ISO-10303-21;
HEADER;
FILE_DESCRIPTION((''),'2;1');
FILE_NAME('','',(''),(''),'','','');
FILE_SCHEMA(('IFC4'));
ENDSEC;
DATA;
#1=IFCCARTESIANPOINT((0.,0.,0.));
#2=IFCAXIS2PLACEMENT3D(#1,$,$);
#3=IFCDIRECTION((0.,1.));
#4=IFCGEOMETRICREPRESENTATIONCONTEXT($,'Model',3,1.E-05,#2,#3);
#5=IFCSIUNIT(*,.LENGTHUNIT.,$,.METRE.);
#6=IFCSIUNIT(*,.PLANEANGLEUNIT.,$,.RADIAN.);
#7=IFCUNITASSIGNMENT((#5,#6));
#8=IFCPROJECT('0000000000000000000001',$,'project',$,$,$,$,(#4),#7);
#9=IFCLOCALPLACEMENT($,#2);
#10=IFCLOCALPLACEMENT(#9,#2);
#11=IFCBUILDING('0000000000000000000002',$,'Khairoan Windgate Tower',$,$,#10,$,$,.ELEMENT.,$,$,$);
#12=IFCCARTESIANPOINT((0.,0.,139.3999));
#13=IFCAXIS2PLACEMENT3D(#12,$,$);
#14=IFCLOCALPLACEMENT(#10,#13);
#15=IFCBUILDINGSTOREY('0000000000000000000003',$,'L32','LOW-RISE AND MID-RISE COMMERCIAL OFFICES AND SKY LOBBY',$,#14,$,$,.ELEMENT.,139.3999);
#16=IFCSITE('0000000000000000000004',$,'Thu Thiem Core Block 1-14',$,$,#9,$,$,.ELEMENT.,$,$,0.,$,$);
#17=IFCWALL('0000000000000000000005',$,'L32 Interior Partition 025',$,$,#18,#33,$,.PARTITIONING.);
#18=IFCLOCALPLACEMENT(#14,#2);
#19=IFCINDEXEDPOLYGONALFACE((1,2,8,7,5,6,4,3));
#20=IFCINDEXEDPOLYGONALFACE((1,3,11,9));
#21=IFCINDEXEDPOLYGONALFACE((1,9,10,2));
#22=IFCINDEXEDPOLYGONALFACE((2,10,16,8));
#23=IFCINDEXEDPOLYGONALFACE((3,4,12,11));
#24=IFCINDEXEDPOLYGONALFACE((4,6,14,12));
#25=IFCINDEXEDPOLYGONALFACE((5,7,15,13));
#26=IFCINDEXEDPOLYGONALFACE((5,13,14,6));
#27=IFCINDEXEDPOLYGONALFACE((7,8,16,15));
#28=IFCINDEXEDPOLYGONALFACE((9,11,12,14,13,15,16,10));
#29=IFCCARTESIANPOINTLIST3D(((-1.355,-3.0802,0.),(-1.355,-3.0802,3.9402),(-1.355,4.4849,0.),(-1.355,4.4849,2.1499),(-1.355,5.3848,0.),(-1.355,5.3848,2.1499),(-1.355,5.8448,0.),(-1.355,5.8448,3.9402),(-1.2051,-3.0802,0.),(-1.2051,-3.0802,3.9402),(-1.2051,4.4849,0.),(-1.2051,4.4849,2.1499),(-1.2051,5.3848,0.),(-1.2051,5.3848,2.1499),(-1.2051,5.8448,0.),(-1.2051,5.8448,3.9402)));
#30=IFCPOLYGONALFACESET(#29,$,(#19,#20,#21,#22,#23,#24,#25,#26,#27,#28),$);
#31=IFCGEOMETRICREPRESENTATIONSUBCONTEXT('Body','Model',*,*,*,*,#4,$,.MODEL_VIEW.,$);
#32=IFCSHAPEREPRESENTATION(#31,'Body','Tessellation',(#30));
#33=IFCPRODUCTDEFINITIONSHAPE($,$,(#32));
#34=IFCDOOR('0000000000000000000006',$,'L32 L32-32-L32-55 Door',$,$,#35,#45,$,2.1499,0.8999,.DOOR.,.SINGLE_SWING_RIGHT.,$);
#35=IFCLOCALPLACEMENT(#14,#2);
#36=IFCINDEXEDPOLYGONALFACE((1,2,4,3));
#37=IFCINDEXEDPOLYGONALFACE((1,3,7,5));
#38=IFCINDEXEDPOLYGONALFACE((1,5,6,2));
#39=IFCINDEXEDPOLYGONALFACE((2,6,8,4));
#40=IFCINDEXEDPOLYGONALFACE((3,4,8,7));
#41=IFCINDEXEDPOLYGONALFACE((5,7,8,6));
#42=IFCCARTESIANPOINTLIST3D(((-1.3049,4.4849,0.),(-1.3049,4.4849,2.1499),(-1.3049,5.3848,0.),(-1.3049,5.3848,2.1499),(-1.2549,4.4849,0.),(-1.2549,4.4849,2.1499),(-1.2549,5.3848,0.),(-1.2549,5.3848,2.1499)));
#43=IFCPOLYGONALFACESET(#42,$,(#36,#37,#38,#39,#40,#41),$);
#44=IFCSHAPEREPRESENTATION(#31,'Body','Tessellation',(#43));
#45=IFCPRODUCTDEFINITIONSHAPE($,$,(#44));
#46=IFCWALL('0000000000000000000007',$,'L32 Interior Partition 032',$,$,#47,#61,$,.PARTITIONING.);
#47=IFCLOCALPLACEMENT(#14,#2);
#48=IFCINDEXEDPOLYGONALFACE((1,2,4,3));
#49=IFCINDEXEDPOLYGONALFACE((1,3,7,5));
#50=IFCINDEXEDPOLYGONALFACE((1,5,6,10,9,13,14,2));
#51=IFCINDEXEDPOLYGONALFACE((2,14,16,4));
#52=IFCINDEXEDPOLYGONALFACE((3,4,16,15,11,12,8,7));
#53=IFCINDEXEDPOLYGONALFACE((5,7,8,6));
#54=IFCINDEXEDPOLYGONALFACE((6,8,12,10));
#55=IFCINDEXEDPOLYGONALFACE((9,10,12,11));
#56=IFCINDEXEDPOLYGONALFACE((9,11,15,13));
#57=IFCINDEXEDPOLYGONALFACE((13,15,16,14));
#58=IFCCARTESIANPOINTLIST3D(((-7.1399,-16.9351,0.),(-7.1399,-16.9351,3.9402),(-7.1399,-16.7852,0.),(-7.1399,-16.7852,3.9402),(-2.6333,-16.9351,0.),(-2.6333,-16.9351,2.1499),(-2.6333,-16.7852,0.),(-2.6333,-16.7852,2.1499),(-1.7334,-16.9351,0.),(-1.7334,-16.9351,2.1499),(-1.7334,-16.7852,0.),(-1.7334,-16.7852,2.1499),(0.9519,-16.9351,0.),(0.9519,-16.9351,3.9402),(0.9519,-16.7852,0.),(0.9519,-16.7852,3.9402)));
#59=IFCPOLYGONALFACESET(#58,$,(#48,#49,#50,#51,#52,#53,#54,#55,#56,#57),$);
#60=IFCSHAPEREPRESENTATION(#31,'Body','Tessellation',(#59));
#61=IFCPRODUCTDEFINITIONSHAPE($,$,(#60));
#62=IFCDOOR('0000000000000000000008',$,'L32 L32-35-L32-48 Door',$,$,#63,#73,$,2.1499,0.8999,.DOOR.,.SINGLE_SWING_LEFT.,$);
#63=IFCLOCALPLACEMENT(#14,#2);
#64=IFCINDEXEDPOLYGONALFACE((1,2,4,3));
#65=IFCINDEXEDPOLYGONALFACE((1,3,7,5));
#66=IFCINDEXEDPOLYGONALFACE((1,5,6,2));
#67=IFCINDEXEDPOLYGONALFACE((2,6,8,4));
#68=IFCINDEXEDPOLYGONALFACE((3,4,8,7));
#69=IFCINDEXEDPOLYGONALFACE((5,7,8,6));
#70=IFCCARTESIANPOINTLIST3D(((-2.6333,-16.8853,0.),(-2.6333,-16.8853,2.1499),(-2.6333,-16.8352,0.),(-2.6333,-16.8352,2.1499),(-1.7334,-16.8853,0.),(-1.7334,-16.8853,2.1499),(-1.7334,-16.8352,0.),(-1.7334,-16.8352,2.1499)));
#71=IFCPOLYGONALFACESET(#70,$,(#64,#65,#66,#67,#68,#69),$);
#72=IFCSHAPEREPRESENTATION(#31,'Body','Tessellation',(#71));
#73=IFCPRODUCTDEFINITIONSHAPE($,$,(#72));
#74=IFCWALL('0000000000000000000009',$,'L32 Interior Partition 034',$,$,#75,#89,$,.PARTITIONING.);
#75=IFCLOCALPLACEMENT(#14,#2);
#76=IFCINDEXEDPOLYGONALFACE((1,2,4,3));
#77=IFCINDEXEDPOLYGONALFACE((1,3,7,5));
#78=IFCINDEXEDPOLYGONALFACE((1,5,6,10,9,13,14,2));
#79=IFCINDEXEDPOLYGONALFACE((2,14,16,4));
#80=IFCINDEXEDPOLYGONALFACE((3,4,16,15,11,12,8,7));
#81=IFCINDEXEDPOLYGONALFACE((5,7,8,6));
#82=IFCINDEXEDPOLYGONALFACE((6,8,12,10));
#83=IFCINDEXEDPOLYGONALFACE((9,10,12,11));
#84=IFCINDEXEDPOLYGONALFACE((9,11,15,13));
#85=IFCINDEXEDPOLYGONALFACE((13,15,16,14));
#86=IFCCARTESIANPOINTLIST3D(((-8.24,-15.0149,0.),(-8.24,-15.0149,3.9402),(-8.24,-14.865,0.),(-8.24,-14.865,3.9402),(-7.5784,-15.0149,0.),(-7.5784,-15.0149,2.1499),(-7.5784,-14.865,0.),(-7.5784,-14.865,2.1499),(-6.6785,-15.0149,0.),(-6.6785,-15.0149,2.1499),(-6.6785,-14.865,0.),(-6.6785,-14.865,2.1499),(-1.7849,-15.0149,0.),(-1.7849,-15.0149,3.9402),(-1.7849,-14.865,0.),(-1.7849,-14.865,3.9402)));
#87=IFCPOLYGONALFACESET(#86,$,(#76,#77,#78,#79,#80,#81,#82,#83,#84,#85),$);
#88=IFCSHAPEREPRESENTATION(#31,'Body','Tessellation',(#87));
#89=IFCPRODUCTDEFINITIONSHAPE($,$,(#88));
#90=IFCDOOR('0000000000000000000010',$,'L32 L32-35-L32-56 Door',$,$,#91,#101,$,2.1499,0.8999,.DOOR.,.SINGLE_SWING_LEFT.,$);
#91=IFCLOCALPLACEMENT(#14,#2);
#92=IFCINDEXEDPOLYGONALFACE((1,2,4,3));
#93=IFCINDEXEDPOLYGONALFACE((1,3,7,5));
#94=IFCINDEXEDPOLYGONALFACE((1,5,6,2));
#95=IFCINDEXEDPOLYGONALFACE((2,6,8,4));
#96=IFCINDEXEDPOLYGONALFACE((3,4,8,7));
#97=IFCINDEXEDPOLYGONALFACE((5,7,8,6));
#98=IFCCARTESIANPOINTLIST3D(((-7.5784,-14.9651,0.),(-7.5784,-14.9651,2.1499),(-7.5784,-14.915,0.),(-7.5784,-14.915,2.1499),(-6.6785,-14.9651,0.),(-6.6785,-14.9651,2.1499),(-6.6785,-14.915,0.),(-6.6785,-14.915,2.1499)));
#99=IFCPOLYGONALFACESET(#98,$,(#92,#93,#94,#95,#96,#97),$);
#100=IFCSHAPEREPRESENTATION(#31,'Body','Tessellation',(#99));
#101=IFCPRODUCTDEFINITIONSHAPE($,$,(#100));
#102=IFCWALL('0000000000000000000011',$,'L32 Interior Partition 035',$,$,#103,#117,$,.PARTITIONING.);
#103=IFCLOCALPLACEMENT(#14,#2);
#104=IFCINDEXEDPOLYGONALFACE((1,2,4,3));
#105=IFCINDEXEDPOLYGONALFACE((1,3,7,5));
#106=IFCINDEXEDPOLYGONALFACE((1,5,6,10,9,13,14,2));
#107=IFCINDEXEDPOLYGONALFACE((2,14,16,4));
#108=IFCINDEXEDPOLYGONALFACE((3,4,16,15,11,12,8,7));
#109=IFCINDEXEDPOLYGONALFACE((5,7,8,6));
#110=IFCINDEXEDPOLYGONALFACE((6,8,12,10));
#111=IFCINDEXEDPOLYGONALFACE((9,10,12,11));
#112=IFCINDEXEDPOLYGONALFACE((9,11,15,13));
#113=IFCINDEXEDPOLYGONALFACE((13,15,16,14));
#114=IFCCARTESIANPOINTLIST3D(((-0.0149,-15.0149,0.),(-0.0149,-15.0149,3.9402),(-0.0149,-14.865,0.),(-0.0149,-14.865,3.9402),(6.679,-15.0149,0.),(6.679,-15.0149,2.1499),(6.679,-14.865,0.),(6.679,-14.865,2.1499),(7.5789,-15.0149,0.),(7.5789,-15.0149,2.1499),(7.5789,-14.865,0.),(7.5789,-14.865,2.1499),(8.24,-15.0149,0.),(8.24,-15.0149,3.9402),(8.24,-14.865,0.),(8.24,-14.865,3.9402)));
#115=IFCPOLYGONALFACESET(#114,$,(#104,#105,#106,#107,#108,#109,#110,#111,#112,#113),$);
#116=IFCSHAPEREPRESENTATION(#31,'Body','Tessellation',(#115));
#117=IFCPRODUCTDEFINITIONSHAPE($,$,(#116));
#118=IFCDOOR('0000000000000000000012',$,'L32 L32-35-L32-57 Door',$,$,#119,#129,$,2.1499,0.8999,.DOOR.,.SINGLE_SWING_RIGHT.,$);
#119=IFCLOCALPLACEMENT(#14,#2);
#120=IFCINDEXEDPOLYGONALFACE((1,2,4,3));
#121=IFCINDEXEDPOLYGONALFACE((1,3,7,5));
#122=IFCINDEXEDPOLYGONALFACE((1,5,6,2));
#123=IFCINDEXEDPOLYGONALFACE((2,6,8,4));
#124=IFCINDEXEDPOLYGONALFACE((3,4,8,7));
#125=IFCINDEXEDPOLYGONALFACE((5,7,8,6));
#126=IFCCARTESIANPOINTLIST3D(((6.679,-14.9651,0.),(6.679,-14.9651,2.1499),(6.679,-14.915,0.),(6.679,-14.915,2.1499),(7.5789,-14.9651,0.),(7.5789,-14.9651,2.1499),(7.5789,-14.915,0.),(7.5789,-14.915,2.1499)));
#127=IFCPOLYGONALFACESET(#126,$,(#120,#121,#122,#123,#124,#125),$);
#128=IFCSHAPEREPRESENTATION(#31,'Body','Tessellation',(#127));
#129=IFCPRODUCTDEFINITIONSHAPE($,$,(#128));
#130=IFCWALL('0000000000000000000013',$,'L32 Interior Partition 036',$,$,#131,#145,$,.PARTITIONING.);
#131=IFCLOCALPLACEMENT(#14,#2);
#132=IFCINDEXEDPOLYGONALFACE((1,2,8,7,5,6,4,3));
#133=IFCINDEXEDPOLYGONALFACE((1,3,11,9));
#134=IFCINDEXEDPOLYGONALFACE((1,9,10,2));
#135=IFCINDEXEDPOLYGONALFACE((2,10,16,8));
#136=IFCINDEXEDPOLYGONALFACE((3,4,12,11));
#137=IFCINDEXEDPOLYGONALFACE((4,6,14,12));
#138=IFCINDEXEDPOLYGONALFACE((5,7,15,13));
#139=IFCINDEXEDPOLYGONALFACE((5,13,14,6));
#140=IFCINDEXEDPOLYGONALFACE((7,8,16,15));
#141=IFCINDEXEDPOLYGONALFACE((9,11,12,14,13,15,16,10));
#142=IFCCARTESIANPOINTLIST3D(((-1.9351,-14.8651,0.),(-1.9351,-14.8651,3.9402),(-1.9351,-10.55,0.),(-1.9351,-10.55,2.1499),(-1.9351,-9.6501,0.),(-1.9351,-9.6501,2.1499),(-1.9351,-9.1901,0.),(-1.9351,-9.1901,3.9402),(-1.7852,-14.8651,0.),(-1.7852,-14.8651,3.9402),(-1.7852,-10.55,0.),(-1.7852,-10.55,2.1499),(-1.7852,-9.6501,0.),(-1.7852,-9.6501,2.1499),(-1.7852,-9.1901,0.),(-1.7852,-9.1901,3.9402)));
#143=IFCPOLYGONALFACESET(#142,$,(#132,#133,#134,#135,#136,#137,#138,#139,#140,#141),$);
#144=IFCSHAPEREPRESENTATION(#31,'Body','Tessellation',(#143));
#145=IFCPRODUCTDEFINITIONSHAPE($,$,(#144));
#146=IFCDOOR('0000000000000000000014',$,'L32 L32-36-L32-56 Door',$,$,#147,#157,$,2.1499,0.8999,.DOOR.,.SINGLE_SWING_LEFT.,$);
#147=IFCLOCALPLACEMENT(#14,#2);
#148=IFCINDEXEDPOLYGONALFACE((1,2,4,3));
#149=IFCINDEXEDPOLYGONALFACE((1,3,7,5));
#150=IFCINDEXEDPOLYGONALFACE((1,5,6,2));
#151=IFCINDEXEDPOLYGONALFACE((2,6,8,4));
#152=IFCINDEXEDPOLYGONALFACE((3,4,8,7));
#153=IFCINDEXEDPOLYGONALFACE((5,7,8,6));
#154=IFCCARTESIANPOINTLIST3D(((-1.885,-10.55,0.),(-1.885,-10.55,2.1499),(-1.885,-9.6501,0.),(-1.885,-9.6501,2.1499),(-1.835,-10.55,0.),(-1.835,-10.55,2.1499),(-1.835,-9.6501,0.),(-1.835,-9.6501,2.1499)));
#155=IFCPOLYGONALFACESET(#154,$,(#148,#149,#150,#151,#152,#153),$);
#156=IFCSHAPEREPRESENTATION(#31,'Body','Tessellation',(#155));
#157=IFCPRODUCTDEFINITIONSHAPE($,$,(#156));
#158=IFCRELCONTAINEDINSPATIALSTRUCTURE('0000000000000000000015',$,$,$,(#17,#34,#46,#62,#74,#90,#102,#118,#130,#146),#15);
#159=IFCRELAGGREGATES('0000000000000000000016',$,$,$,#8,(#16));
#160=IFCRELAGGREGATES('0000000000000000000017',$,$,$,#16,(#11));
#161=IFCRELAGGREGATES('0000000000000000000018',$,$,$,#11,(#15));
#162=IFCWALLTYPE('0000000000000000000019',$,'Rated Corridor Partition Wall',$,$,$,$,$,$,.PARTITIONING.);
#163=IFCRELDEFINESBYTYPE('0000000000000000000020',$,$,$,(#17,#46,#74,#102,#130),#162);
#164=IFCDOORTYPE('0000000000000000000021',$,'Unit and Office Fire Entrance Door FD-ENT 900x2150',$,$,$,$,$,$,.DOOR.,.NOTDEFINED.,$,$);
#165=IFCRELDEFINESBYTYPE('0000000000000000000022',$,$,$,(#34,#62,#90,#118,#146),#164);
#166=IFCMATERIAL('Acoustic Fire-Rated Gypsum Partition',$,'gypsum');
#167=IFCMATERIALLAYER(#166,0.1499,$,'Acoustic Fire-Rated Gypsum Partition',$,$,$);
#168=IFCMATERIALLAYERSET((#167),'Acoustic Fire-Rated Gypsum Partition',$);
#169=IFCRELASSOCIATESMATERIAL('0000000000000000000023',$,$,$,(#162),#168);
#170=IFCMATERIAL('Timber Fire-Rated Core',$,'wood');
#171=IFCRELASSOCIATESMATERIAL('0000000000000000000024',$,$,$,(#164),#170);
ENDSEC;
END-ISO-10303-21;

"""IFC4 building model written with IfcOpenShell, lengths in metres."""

from ifc_helpers import new_model, si_unit, direction, frame, frame_2d, origin, place, context, subcontext, project, spatial, rectangle, extrude, material, layer, layer_set, type_object, element, fill, save


model = new_model("IFC4")

# Units and contexts
model_context = context("Model", 3, precision=1e-05, world=origin(), true_north=direction((0.0, 1.0)))
body_context = subcontext(model_context, "Body", "Model", "MODEL_VIEW")
ifc_project = project(units=[si_unit("LENGTHUNIT", "METRE"), si_unit("PLANEANGLEUNIT", "RADIAN")], contexts=[model_context])

# Site, building, storey
site_placement = place(None, origin())
site = spatial("IfcSite", under=ifc_project, at=site_placement, Name="Thu Thiem Core Block 1-14", CompositionType="ELEMENT", RefElevation=0.0)
building_placement = place(site_placement, origin())
building = spatial("IfcBuilding", under=site, at=building_placement, Name="Khairoan Windgate Tower", CompositionType="ELEMENT")
storey_placement = place(building_placement, frame((0.0, 0.0, 139.3999)))
storey = spatial("IfcBuildingStorey", under=building, at=storey_placement, Name="L32", Description="LOW-RISE AND MID-RISE COMMERCIAL OFFICES AND SKY LOBBY", CompositionType="ELEMENT", Elevation=139.3999)

# Walls, openings, doors
ifc_material_1 = material(Name="Acoustic Fire-Rated Gypsum Partition", Category="gypsum")
ifc_layer = layer(ifc_material_1, 0.1499, Name="Acoustic Fire-Rated Gypsum Partition")
ifc_layer_set = layer_set([ifc_layer], Name="Acoustic Fire-Rated Gypsum Partition")
wall_type = type_object("IfcWallType", Name="Rated Corridor Partition Wall", PredefinedType="PARTITIONING", material=ifc_layer_set)
ifc_material_2 = material(Name="Timber Fire-Rated Core", Category="wood")
door_type = type_object("IfcDoorType", Name="Unit and Office Fire Entrance Door FD-ENT 900x2150", OperationType="NOTDEFINED", PredefinedType="DOOR", material=ifc_material_2)
wall_1_placement = place(storey_placement, frame((-1.28, -3.0801, 0.0), z_axis=(0.0, 0.0, 1.0), x_axis=(0.0, 1.0, 0.0)))
wall_1 = element("IfcWall", 1, at=wall_1_placement, inside=storey, type_object=wall_type, Name="L32 Interior Partition 025", PredefinedType="PARTITIONING", context=body_context, shape_type="SweptSolid", body=[
    extrude(rectangle(XDim=8.925, YDim=0.1499, at=frame_2d((4.4624, 0.0))), origin(), (0.0, 0.0, 1.0), 3.9402),
])
opening_1_placement = place(wall_1_placement, frame((7.5649, 0.0, 0.0)))
opening_1 = element("IfcOpeningElement", 2, at=opening_1_placement, cuts=wall_1, PredefinedType="OPENING", context=body_context, shape_type="SweptSolid", body=[
    extrude(rectangle(XDim=0.8999, YDim=2.1499, at=frame_2d((0.45, 1.075))), frame((0.0, 0.085, 0.0), z_axis=(0.0, -1.0, 0.0), x_axis=(1.0, 0.0, 0.0)), (0.0, 0.0, 1.0), 0.1699),
])
door_1_placement = place(opening_1_placement, origin())
door_1 = element("IfcDoor", 3, at=door_1_placement, inside=storey, type_object=door_type, Name="L32 L32-32-L32-55 Door", OperationType="SINGLE_SWING_RIGHT", OverallHeight=2.1499, OverallWidth=0.8999, PredefinedType="DOOR", context=body_context, shape_type="SweptSolid", body=[
    extrude(rectangle(XDim=0.8999, YDim=2.1499, at=frame_2d((0.45, 1.075))), frame((0.0, 0.0249, 0.0), z_axis=(0.0, -1.0, 0.0), x_axis=(1.0, 0.0, 0.0)), (0.0, 0.0, 1.0), 0.05),
])
fill(opening_1, door_1)
wall_2_placement = place(storey_placement, frame((-7.1399, -16.8601, 0.0), z_axis=(0.0, 0.0, 1.0), x_axis=(1.0, 0.0, 0.0)))
wall_2 = element("IfcWall", 4, at=wall_2_placement, inside=storey, type_object=wall_type, Name="L32 Interior Partition 032", PredefinedType="PARTITIONING", context=body_context, shape_type="SweptSolid", body=[
    extrude(rectangle(XDim=8.0918, YDim=0.1499, at=frame_2d((4.0459, 0.0))), origin(), (0.0, 0.0, 1.0), 3.9402),
])
opening_2_placement = place(wall_2_placement, frame((4.5066, 0.0, 0.0)))
opening_2 = element("IfcOpeningElement", 5, at=opening_2_placement, cuts=wall_2, PredefinedType="OPENING", context=body_context, shape_type="SweptSolid", body=[
    extrude(rectangle(XDim=0.8999, YDim=2.1499, at=frame_2d((0.45, 1.075))), frame((0.0, 0.085, 0.0), z_axis=(0.0, -1.0, 0.0), x_axis=(1.0, 0.0, 0.0)), (0.0, 0.0, 1.0), 0.1699),
])
door_2_placement = place(opening_2_placement, origin())
door_2 = element("IfcDoor", 6, at=door_2_placement, inside=storey, type_object=door_type, Name="L32 L32-35-L32-48 Door", OperationType="SINGLE_SWING_LEFT", OverallHeight=2.1499, OverallWidth=0.8999, PredefinedType="DOOR", context=body_context, shape_type="SweptSolid", body=[
    extrude(rectangle(XDim=0.8999, YDim=2.1499, at=frame_2d((0.45, 1.075))), frame((0.0, 0.0249, 0.0), z_axis=(0.0, -1.0, 0.0), x_axis=(1.0, 0.0, 0.0)), (0.0, 0.0, 1.0), 0.05),
])
fill(opening_2, door_2)
wall_3_placement = place(storey_placement, frame((-8.24, -14.9399, 0.0), z_axis=(0.0, 0.0, 1.0), x_axis=(1.0, 0.0, 0.0)))
wall_3 = element("IfcWall", 7, at=wall_3_placement, inside=storey, type_object=wall_type, Name="L32 Interior Partition 034", PredefinedType="PARTITIONING", context=body_context, shape_type="SweptSolid", body=[
    extrude(rectangle(XDim=6.4551, YDim=0.1499, at=frame_2d((3.2275, 0.0))), origin(), (0.0, 0.0, 1.0), 3.9402),
])
opening_3_placement = place(wall_3_placement, frame((0.6616, 0.0, 0.0)))
opening_3 = element("IfcOpeningElement", 8, at=opening_3_placement, cuts=wall_3, PredefinedType="OPENING", context=body_context, shape_type="SweptSolid", body=[
    extrude(rectangle(XDim=0.8999, YDim=2.1499, at=frame_2d((0.45, 1.075))), frame((0.0, 0.085, 0.0), z_axis=(0.0, -1.0, 0.0), x_axis=(1.0, 0.0, 0.0)), (0.0, 0.0, 1.0), 0.1699),
])
door_3_placement = place(opening_3_placement, origin())
door_3 = element("IfcDoor", 9, at=door_3_placement, inside=storey, type_object=door_type, Name="L32 L32-35-L32-56 Door", OperationType="SINGLE_SWING_LEFT", OverallHeight=2.1499, OverallWidth=0.8999, PredefinedType="DOOR", context=body_context, shape_type="SweptSolid", body=[
    extrude(rectangle(XDim=0.8999, YDim=2.1499, at=frame_2d((0.45, 1.075))), frame((0.0, 0.0249, 0.0), z_axis=(0.0, -1.0, 0.0), x_axis=(1.0, 0.0, 0.0)), (0.0, 0.0, 1.0), 0.05),
])
fill(opening_3, door_3)
wall_4_placement = place(storey_placement, frame((-0.0149, -14.9399, 0.0), z_axis=(0.0, 0.0, 1.0), x_axis=(1.0, 0.0, 0.0)))
wall_4 = element("IfcWall", 10, at=wall_4_placement, inside=storey, type_object=wall_type, Name="L32 Interior Partition 035", PredefinedType="PARTITIONING", context=body_context, shape_type="SweptSolid", body=[
    extrude(rectangle(XDim=8.2549, YDim=0.1499, at=frame_2d((4.1274, 0.0))), origin(), (0.0, 0.0, 1.0), 3.9402),
])
opening_4_placement = place(wall_4_placement, frame((6.6938, 0.0, 0.0)))
opening_4 = element("IfcOpeningElement", 11, at=opening_4_placement, cuts=wall_4, PredefinedType="OPENING", context=body_context, shape_type="SweptSolid", body=[
    extrude(rectangle(XDim=0.8999, YDim=2.1499, at=frame_2d((0.45, 1.075))), frame((0.0, 0.085, 0.0), z_axis=(0.0, -1.0, 0.0), x_axis=(1.0, 0.0, 0.0)), (0.0, 0.0, 1.0), 0.1699),
])
door_4_placement = place(opening_4_placement, origin())
door_4 = element("IfcDoor", 12, at=door_4_placement, inside=storey, type_object=door_type, Name="L32 L32-35-L32-57 Door", OperationType="SINGLE_SWING_RIGHT", OverallHeight=2.1499, OverallWidth=0.8999, PredefinedType="DOOR", context=body_context, shape_type="SweptSolid", body=[
    extrude(rectangle(XDim=0.8999, YDim=2.1499, at=frame_2d((0.45, 1.075))), frame((0.0, 0.0249, 0.0), z_axis=(0.0, -1.0, 0.0), x_axis=(1.0, 0.0, 0.0)), (0.0, 0.0, 1.0), 0.05),
])
fill(opening_4, door_4)
wall_5_placement = place(storey_placement, frame((-1.8601, -14.865, 0.0), z_axis=(0.0, 0.0, 1.0), x_axis=(0.0, 1.0, 0.0)))
wall_5 = element("IfcWall", 13, at=wall_5_placement, inside=storey, type_object=wall_type, Name="L32 Interior Partition 036", PredefinedType="PARTITIONING", context=body_context, shape_type="SweptSolid", body=[
    extrude(rectangle(XDim=5.675, YDim=0.1499, at=frame_2d((2.8374, 0.0))), origin(), (0.0, 0.0, 1.0), 3.9402),
])
opening_5_placement = place(wall_5_placement, frame((4.3149, 0.0, 0.0)))
opening_5 = element("IfcOpeningElement", 14, at=opening_5_placement, cuts=wall_5, PredefinedType="OPENING", context=body_context, shape_type="SweptSolid", body=[
    extrude(rectangle(XDim=0.8999, YDim=2.1499, at=frame_2d((0.45, 1.075))), frame((0.0, 0.085, 0.0), z_axis=(0.0, -1.0, 0.0), x_axis=(1.0, 0.0, 0.0)), (0.0, 0.0, 1.0), 0.1699),
])
door_5_placement = place(opening_5_placement, origin())
door_5 = element("IfcDoor", 15, at=door_5_placement, inside=storey, type_object=door_type, Name="L32 L32-36-L32-56 Door", OperationType="SINGLE_SWING_LEFT", OverallHeight=2.1499, OverallWidth=0.8999, PredefinedType="DOOR", context=body_context, shape_type="SweptSolid", body=[
    extrude(rectangle(XDim=0.8999, YDim=2.1499, at=frame_2d((0.45, 1.075))), frame((0.0, 0.0249, 0.0), z_axis=(0.0, -1.0, 0.0), x_axis=(1.0, 0.0, 0.0)), (0.0, 0.0, 1.0), 0.05),
])
fill(opening_5, door_5)

save(model, "model.ifc")
